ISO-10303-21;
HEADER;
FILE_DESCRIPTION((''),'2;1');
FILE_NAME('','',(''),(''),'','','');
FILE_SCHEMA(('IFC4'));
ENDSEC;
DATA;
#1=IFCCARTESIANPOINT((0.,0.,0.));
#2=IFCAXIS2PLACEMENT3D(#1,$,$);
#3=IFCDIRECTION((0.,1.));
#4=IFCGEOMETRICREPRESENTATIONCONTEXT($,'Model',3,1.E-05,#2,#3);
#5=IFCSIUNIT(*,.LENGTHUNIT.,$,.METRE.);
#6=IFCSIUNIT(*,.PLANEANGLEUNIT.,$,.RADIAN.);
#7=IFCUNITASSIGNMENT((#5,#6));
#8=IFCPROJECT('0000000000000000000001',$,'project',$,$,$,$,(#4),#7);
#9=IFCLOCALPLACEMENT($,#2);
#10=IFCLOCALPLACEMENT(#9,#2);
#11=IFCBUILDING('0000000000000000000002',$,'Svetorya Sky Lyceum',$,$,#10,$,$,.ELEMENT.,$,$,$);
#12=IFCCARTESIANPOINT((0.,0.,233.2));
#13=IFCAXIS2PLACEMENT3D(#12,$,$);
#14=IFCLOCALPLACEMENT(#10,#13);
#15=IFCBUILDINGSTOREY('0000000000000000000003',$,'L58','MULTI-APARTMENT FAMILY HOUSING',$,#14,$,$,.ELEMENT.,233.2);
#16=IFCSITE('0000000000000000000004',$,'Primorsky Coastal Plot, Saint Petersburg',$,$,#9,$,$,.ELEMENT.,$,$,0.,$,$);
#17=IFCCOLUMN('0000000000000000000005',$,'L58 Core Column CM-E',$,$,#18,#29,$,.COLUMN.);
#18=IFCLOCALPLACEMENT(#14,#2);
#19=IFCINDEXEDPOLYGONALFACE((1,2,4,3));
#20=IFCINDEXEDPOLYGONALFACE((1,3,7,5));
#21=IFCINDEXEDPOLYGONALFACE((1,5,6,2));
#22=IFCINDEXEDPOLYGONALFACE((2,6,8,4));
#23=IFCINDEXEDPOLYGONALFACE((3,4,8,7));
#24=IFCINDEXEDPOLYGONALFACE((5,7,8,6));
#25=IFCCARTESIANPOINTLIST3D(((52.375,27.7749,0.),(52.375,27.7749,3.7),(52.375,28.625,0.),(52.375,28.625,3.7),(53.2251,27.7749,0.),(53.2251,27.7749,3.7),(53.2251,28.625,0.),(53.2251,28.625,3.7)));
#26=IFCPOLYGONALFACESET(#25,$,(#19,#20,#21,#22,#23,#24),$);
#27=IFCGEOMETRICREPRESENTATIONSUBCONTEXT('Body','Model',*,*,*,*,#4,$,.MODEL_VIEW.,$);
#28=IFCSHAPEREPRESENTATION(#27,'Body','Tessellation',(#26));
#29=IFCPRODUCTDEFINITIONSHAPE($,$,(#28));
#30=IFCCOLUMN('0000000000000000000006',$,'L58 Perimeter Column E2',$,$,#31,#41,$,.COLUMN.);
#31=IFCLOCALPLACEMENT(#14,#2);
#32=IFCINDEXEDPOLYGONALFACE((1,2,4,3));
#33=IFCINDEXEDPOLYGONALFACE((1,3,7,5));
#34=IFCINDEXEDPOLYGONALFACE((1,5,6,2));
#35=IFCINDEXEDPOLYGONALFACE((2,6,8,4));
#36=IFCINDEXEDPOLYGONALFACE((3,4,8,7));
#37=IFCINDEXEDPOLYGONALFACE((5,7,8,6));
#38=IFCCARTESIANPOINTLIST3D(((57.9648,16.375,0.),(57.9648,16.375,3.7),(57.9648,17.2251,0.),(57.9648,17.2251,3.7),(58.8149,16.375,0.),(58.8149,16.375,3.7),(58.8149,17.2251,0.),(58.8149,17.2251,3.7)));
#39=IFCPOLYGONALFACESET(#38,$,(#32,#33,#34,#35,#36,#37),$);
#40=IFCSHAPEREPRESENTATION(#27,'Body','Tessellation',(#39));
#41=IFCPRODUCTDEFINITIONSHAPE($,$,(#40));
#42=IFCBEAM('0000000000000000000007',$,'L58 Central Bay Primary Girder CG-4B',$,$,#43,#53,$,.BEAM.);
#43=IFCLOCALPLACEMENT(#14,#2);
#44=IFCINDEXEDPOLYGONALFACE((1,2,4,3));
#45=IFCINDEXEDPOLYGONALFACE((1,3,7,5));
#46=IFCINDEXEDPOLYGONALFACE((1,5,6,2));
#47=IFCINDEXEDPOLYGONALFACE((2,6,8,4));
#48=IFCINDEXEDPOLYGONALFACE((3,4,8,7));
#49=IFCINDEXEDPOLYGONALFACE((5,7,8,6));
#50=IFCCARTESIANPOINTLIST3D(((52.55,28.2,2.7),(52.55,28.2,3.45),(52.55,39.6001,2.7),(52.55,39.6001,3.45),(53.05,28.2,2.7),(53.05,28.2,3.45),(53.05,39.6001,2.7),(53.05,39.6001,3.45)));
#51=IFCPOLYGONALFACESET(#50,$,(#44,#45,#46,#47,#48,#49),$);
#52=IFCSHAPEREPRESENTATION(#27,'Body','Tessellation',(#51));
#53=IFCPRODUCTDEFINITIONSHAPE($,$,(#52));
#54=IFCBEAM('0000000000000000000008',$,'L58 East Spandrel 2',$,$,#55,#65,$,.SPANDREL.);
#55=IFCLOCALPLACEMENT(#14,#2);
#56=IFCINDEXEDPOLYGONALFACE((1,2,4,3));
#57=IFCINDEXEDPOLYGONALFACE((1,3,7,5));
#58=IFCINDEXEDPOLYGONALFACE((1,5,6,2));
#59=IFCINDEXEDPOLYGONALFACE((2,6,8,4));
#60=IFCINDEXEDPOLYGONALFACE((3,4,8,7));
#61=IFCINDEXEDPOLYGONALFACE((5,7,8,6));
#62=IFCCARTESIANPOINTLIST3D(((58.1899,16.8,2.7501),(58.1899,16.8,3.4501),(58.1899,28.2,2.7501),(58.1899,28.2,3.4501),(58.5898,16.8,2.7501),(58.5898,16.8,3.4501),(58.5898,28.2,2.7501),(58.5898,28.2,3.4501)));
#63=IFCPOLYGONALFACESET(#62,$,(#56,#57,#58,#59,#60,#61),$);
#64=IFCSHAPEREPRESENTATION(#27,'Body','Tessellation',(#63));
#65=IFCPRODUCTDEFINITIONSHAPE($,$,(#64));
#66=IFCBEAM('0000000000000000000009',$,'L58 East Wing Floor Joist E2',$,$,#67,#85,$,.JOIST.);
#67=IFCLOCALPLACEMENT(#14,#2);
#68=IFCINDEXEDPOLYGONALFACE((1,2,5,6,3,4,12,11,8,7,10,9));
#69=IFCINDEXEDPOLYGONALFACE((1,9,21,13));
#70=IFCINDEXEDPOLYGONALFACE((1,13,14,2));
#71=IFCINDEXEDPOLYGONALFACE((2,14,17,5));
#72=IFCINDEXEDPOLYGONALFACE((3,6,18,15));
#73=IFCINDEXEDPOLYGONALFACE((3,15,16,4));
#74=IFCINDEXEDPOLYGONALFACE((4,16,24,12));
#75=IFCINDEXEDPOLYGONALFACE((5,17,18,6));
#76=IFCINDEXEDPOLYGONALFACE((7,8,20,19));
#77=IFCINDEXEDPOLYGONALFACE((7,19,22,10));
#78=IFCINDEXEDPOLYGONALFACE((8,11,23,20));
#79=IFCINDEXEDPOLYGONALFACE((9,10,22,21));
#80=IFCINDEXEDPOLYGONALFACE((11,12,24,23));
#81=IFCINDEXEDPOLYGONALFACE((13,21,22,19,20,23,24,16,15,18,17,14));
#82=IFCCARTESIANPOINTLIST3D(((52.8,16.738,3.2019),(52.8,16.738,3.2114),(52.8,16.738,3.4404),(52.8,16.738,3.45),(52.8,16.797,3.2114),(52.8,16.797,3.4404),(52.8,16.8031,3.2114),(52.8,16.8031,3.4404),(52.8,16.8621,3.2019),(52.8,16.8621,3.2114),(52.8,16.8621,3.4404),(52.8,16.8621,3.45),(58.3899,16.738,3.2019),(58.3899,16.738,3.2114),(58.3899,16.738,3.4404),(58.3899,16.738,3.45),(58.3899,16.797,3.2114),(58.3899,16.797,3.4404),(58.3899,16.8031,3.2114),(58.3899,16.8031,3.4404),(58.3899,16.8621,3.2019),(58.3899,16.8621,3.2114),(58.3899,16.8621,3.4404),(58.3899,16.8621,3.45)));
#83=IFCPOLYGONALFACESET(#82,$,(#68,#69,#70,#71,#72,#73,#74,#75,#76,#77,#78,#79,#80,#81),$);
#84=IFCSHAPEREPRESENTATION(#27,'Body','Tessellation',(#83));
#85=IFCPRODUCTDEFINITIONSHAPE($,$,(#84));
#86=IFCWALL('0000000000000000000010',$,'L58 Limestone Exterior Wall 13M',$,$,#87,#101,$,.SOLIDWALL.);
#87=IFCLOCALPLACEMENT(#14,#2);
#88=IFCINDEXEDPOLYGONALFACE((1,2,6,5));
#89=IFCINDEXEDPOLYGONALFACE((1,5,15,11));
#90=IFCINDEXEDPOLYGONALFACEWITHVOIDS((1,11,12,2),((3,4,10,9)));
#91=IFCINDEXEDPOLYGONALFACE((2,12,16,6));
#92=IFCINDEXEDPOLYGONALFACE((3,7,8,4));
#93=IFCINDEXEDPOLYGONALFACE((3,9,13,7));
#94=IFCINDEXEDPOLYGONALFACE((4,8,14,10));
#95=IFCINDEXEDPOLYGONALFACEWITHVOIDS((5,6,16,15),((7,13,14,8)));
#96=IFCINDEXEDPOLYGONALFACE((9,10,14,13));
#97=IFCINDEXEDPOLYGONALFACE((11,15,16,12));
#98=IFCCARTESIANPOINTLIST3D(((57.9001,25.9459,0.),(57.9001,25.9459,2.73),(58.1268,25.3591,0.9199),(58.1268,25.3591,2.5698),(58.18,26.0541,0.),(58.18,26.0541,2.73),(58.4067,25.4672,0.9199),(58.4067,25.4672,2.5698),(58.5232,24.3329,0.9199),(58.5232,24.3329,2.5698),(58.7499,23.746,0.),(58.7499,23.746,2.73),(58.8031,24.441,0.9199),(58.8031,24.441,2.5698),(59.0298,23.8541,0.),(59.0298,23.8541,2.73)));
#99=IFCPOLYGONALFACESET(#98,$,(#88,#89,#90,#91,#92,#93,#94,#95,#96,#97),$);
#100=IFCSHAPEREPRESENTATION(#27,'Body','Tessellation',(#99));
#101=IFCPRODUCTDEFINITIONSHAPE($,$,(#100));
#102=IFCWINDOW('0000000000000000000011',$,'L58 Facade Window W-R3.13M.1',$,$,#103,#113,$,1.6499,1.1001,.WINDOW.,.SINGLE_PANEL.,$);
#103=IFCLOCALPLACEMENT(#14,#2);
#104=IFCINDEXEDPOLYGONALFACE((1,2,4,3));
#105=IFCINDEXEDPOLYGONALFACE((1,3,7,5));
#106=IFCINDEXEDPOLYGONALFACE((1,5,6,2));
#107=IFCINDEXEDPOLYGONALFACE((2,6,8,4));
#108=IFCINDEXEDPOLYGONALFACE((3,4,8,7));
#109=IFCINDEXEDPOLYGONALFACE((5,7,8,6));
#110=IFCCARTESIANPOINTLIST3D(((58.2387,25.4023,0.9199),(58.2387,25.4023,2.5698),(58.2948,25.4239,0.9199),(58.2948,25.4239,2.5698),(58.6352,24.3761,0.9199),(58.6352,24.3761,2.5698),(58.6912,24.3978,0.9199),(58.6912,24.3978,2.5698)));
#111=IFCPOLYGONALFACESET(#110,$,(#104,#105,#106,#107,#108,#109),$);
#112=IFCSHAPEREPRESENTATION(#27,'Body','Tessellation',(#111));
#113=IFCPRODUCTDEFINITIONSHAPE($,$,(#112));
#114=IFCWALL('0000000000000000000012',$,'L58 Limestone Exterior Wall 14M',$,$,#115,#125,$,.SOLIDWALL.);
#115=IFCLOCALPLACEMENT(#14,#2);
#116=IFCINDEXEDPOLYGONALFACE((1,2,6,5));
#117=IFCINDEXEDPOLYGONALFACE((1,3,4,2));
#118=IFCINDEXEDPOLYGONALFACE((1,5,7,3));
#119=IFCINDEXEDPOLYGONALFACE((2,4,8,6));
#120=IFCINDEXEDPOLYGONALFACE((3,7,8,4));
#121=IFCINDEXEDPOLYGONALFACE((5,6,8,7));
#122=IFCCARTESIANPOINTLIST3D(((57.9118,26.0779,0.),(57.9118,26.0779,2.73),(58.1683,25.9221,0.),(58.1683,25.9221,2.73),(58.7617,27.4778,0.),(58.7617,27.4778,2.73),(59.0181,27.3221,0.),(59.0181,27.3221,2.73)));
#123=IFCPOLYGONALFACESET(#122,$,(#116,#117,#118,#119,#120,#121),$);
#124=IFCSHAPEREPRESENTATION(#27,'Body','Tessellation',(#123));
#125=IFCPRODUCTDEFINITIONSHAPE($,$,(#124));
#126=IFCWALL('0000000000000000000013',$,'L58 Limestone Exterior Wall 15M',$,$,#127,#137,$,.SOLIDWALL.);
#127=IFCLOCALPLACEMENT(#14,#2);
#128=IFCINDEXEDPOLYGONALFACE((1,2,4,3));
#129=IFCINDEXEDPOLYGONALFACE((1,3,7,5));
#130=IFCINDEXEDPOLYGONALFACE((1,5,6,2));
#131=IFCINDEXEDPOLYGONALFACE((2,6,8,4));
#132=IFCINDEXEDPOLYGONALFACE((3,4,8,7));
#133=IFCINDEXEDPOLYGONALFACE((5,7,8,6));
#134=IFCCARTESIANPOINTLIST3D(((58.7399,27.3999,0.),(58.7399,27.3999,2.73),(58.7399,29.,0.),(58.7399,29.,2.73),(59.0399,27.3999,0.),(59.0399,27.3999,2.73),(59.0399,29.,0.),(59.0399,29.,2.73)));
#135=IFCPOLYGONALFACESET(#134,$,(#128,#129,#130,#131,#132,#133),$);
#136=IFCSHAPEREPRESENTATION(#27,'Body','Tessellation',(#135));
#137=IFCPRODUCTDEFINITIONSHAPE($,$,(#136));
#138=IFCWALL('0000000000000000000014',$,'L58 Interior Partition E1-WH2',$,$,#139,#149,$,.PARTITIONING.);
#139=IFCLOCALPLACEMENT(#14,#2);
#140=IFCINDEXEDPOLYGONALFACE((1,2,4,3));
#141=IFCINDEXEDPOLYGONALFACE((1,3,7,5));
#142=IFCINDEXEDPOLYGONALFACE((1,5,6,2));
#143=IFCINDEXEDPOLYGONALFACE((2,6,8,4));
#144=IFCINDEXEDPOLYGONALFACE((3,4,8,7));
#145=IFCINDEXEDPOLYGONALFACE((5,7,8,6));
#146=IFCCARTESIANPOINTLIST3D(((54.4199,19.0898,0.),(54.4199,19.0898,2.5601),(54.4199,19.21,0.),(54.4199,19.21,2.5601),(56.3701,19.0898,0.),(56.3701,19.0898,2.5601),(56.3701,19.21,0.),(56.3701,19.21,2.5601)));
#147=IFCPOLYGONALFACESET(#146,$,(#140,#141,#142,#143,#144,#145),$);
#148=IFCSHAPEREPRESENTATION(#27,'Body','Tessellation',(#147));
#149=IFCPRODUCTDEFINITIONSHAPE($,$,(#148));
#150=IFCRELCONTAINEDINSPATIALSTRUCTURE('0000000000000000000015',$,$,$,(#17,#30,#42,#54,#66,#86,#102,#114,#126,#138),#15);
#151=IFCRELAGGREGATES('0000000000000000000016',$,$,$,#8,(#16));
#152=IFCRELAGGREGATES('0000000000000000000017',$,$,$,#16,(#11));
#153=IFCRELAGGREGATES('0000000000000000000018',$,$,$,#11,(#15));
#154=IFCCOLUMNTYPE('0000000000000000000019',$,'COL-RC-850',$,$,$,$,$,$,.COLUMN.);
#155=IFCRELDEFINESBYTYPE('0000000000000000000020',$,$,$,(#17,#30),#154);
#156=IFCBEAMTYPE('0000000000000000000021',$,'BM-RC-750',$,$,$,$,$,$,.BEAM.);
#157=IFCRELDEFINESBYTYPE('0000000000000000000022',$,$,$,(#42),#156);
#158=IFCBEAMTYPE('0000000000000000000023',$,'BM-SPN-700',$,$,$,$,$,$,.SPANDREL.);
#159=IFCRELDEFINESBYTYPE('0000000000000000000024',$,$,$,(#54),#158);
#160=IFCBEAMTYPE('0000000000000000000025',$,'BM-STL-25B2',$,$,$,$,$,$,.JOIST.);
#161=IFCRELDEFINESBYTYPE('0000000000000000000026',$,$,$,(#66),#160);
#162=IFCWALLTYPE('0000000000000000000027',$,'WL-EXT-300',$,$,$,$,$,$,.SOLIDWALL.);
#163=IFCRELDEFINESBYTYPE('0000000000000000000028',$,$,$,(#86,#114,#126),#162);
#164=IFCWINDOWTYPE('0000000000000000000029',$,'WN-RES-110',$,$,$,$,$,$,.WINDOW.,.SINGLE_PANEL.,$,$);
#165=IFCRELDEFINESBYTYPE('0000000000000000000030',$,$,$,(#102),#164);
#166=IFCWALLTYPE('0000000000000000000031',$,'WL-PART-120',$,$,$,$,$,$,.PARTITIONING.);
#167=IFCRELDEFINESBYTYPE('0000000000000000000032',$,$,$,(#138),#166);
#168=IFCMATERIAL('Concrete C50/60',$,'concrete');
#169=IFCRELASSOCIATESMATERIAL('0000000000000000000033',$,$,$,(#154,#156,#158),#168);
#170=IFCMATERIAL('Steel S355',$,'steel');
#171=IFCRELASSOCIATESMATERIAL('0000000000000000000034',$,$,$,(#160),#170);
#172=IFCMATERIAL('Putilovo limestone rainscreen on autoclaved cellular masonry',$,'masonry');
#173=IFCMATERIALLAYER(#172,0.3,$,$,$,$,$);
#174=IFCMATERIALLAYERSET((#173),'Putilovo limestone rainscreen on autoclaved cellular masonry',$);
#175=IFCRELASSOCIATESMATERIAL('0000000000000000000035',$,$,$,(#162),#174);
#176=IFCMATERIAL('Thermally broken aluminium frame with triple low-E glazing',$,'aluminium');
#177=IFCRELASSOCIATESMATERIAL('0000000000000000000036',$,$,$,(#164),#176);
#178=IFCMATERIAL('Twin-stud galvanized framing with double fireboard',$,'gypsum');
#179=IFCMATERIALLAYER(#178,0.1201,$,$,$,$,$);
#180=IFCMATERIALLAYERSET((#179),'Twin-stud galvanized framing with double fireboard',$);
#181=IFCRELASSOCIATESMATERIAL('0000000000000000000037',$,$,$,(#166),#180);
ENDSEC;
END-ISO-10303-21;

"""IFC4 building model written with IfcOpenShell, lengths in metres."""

from ifc_helpers import new_model, si_unit, direction, frame, frame_2d, origin, origin_2d, place, context, subcontext, project, spatial, rectangle, i_section, extrude, material, layer, layer_set, material_profile, profile_set, type_object, element, fill, save


model = new_model("IFC4")

# Units and contexts
model_context = context("Model", 3, precision=1e-05, world=origin(), true_north=direction((0.0, 1.0)))
body_context = subcontext(model_context, "Body", "Model", "MODEL_VIEW")
ifc_project = project(units=[si_unit("LENGTHUNIT", "METRE"), si_unit("PLANEANGLEUNIT", "RADIAN")], contexts=[model_context])

# Site, building, storey
site_placement = place(None, origin())
site = spatial("IfcSite", under=ifc_project, at=site_placement, Name="Primorsky Coastal Plot, Saint Petersburg", CompositionType="ELEMENT", RefElevation=0.0)
building_placement = place(site_placement, origin())
building = spatial("IfcBuilding", under=site, at=building_placement, Name="Svetorya Sky Lyceum", CompositionType="ELEMENT")
storey_placement = place(building_placement, frame((0.0, 0.0, 233.2)))
storey = spatial("IfcBuildingStorey", under=building, at=storey_placement, Name="L58", Description="MULTI-APARTMENT FAMILY HOUSING", CompositionType="ELEMENT", Elevation=233.2)

# Columns
ifc_material_1 = material(Name="Concrete C50/60", Category="concrete")
ifc_material_profile_1 = material_profile(ifc_material_1, rectangle(XDim=0.8501, YDim=0.8501, at=origin_2d()), Name="RC COL 850x850")
ifc_profile_set_1 = profile_set([ifc_material_profile_1], Name="Concrete C50/60")
column_type = type_object("IfcColumnType", Name="COL-RC-850", PredefinedType="COLUMN", material=ifc_profile_set_1)
for number, where, z_axis, x_axis, name in (
    (1, (52.8, 28.2, 0.0), (0.0, 0.0, 1.0), (1.0, 0.0, 0.0), "L58 Core Column CM-E"),
    (2, (58.3899, 16.8, 0.0), (0.0, 0.0, 1.0), (1.0, 0.0, 0.0), "L58 Perimeter Column E2"),
):
    element("IfcColumn", number, at=place(storey_placement, frame(where, z_axis=z_axis, x_axis=x_axis)), inside=storey, type_object=column_type, Name=name, PredefinedType="COLUMN", context=body_context, shape_type="SweptSolid", body=[
        extrude(rectangle(XDim=0.8501, YDim=0.8501, at=origin_2d()), origin(), (0.0, 0.0, 1.0), 3.7),
    ])

# Beams
ifc_material_profile_2 = material_profile(ifc_material_1, rectangle(XDim=0.5, YDim=0.75, at=origin_2d()), Name="RC BEAM 500x750")
ifc_profile_set_2 = profile_set([ifc_material_profile_2], Name="Concrete C50/60")
beam_type_1 = type_object("IfcBeamType", Name="BM-RC-750", PredefinedType="BEAM", material=ifc_profile_set_2)
beam_1_placement = place(storey_placement, frame((52.8, 28.2, 3.075), z_axis=(0.0, 1.0, 0.0), x_axis=(-1.0, 0.0, 0.0)))
element("IfcBeam", 3, at=beam_1_placement, inside=storey, type_object=beam_type_1, Name="L58 Central Bay Primary Girder CG-4B", PredefinedType="BEAM", context=body_context, shape_type="SweptSolid", body=[
    extrude(rectangle(XDim=0.5, YDim=0.75, at=origin_2d()), origin(), (0.0, 0.0, 1.0), 11.4001),
])
ifc_material_profile_3 = material_profile(ifc_material_1, rectangle(XDim=0.3999, YDim=0.7, at=origin_2d()), Name="RC SPANDREL 400x700")
ifc_profile_set_3 = profile_set([ifc_material_profile_3], Name="Concrete C50/60")
beam_type_2 = type_object("IfcBeamType", Name="BM-SPN-700", PredefinedType="SPANDREL", material=ifc_profile_set_3)
beam_2_placement = place(storey_placement, frame((58.3899, 16.8, 3.1001), z_axis=(0.0, 1.0, 0.0), x_axis=(-1.0, 0.0, 0.0)))
element("IfcBeam", 4, at=beam_2_placement, inside=storey, type_object=beam_type_2, Name="L58 East Spandrel 2", PredefinedType="SPANDREL", context=body_context, shape_type="SweptSolid", body=[
    extrude(rectangle(XDim=0.3999, YDim=0.7, at=origin_2d()), origin(), (0.0, 0.0, 1.0), 11.3999),
])
ifc_material_2 = material(Name="Steel S355", Category="steel")
ifc_material_profile_4 = material_profile(ifc_material_2, i_section(OverallWidth=0.124, OverallDepth=0.248, WebThickness=0.0061, FlangeThickness=0.0095, at=origin_2d()), Name="GOST 25B2")
ifc_profile_set_4 = profile_set([ifc_material_profile_4], Name="Steel S355")
beam_type_3 = type_object("IfcBeamType", Name="BM-STL-25B2", PredefinedType="JOIST", material=ifc_profile_set_4)
beam_3_placement = place(storey_placement, frame((52.8, 16.8, 3.3259), z_axis=(1.0, 0.0, 0.0), x_axis=(0.0, 1.0, 0.0)))
element("IfcBeam", 5, at=beam_3_placement, inside=storey, type_object=beam_type_3, Name="L58 East Wing Floor Joist E2", PredefinedType="JOIST", context=body_context, shape_type="SweptSolid", body=[
    extrude(i_section(OverallWidth=0.124, OverallDepth=0.248, WebThickness=0.0061, FlangeThickness=0.0095, at=origin_2d()), origin(), (0.0, 0.0, 1.0), 5.5898),
])

# Wall, opening, window
ifc_material_3 = material(Name="Putilovo limestone rainscreen on autoclaved cellular masonry", Category="masonry")
ifc_layer_1 = layer(ifc_material_3, 0.3)
ifc_layer_set_1 = layer_set([ifc_layer_1], Name="Putilovo limestone rainscreen on autoclaved cellular masonry")
wall_type_1 = type_object("IfcWallType", Name="WL-EXT-300", PredefinedType="SOLIDWALL", material=ifc_layer_set_1)
wall_1_placement = place(storey_placement, frame((58.8899, 23.8, 0.0), z_axis=(0.0, 0.0, 1.0), x_axis=(-0.360352, 0.932816, 0.0)))
wall_1 = element("IfcWall", 6, at=wall_1_placement, inside=storey, type_object=wall_type_1, Name="L58 Limestone Exterior Wall 13M", PredefinedType="SOLIDWALL", context=body_context, shape_type="SweptSolid", body=[
    extrude(rectangle(XDim=2.3584, YDim=0.3, at=frame_2d((1.1792, 0.0))), origin(), (0.0, 0.0, 1.0), 2.73),
])
opening_1_placement = place(wall_1_placement, frame((0.6292, 0.0, 0.9199)))
opening_1 = element("IfcOpeningElement", 7, at=opening_1_placement, cuts=wall_1, PredefinedType="OPENING", context=body_context, shape_type="SweptSolid", body=[
    extrude(rectangle(XDim=1.1001, YDim=1.6499, at=frame_2d((0.55, 0.825))), frame((0.0, 0.1599, 0.0), z_axis=(0.0, -1.0, 0.0), x_axis=(1.0, 0.0, 0.0)), (0.0, 0.0, 1.0), 0.3201),
])
ifc_material_4 = material(Name="Thermally broken aluminium frame with triple low-E glazing", Category="aluminium")
window_type = type_object("IfcWindowType", Name="WN-RES-110", PartitioningType="SINGLE_PANEL", PredefinedType="WINDOW", material=ifc_material_4)
window_placement = place(opening_1_placement, origin())
window = element("IfcWindow", 8, at=window_placement, inside=storey, type_object=window_type, Name="L58 Facade Window W-R3.13M.1", OverallHeight=1.6499, OverallWidth=1.1001, PartitioningType="SINGLE_PANEL", PredefinedType="WINDOW", context=body_context, shape_type="SweptSolid", body=[
    extrude(rectangle(XDim=1.1001, YDim=1.6499, at=frame_2d((0.55, 0.825))), frame((0.0, 0.03, 0.0), z_axis=(0.0, -1.0, 0.0), x_axis=(1.0, 0.0, 0.0)), (0.0, 0.0, 1.0), 0.0601),
])
fill(opening_1, window)

# Walls
wall_2_placement = place(storey_placement, frame((58.04, 26.0, 0.0), z_axis=(0.0, 0.0, 1.0), x_axis=(0.518939, 0.854811, 0.0)))
element("IfcWall", 9, at=wall_2_placement, inside=storey, type_object=wall_type_1, Name="L58 Limestone Exterior Wall 14M", PredefinedType="SOLIDWALL", context=body_context, shape_type="SweptSolid", body=[
    extrude(rectangle(XDim=1.6377, YDim=0.3, at=frame_2d((0.8188, 0.0))), origin(), (0.0, 0.0, 1.0), 2.73),
])
wall_3_placement = place(storey_placement, frame((58.8899, 27.3999, 0.0), z_axis=(0.0, 0.0, 1.0), x_axis=(0.0, 1.0, 0.0)))
element("IfcWall", 10, at=wall_3_placement, inside=storey, type_object=wall_type_1, Name="L58 Limestone Exterior Wall 15M", PredefinedType="SOLIDWALL", context=body_context, shape_type="SweptSolid", body=[
    extrude(rectangle(XDim=1.6001, YDim=0.3, at=frame_2d((0.8, 0.0))), origin(), (0.0, 0.0, 1.0), 2.73),
])
ifc_material_5 = material(Name="Twin-stud galvanized framing with double fireboard", Category="gypsum")
ifc_layer_2 = layer(ifc_material_5, 0.1201)
ifc_layer_set_2 = layer_set([ifc_layer_2], Name="Twin-stud galvanized framing with double fireboard")
wall_type_2 = type_object("IfcWallType", Name="WL-PART-120", PredefinedType="PARTITIONING", material=ifc_layer_set_2)
wall_4_placement = place(storey_placement, frame((54.4199, 19.1499, 0.0), z_axis=(0.0, 0.0, 1.0), x_axis=(1.0, 0.0, 0.0)))
element("IfcWall", 11, at=wall_4_placement, inside=storey, type_object=wall_type_2, Name="L58 Interior Partition E1-WH2", PredefinedType="PARTITIONING", context=body_context, shape_type="SweptSolid", body=[
    extrude(rectangle(XDim=1.9502, YDim=0.1201, at=frame_2d((0.9751, 0.0))), origin(), (0.0, 0.0, 1.0), 2.5601),
])

save(model, "model.ifc")
